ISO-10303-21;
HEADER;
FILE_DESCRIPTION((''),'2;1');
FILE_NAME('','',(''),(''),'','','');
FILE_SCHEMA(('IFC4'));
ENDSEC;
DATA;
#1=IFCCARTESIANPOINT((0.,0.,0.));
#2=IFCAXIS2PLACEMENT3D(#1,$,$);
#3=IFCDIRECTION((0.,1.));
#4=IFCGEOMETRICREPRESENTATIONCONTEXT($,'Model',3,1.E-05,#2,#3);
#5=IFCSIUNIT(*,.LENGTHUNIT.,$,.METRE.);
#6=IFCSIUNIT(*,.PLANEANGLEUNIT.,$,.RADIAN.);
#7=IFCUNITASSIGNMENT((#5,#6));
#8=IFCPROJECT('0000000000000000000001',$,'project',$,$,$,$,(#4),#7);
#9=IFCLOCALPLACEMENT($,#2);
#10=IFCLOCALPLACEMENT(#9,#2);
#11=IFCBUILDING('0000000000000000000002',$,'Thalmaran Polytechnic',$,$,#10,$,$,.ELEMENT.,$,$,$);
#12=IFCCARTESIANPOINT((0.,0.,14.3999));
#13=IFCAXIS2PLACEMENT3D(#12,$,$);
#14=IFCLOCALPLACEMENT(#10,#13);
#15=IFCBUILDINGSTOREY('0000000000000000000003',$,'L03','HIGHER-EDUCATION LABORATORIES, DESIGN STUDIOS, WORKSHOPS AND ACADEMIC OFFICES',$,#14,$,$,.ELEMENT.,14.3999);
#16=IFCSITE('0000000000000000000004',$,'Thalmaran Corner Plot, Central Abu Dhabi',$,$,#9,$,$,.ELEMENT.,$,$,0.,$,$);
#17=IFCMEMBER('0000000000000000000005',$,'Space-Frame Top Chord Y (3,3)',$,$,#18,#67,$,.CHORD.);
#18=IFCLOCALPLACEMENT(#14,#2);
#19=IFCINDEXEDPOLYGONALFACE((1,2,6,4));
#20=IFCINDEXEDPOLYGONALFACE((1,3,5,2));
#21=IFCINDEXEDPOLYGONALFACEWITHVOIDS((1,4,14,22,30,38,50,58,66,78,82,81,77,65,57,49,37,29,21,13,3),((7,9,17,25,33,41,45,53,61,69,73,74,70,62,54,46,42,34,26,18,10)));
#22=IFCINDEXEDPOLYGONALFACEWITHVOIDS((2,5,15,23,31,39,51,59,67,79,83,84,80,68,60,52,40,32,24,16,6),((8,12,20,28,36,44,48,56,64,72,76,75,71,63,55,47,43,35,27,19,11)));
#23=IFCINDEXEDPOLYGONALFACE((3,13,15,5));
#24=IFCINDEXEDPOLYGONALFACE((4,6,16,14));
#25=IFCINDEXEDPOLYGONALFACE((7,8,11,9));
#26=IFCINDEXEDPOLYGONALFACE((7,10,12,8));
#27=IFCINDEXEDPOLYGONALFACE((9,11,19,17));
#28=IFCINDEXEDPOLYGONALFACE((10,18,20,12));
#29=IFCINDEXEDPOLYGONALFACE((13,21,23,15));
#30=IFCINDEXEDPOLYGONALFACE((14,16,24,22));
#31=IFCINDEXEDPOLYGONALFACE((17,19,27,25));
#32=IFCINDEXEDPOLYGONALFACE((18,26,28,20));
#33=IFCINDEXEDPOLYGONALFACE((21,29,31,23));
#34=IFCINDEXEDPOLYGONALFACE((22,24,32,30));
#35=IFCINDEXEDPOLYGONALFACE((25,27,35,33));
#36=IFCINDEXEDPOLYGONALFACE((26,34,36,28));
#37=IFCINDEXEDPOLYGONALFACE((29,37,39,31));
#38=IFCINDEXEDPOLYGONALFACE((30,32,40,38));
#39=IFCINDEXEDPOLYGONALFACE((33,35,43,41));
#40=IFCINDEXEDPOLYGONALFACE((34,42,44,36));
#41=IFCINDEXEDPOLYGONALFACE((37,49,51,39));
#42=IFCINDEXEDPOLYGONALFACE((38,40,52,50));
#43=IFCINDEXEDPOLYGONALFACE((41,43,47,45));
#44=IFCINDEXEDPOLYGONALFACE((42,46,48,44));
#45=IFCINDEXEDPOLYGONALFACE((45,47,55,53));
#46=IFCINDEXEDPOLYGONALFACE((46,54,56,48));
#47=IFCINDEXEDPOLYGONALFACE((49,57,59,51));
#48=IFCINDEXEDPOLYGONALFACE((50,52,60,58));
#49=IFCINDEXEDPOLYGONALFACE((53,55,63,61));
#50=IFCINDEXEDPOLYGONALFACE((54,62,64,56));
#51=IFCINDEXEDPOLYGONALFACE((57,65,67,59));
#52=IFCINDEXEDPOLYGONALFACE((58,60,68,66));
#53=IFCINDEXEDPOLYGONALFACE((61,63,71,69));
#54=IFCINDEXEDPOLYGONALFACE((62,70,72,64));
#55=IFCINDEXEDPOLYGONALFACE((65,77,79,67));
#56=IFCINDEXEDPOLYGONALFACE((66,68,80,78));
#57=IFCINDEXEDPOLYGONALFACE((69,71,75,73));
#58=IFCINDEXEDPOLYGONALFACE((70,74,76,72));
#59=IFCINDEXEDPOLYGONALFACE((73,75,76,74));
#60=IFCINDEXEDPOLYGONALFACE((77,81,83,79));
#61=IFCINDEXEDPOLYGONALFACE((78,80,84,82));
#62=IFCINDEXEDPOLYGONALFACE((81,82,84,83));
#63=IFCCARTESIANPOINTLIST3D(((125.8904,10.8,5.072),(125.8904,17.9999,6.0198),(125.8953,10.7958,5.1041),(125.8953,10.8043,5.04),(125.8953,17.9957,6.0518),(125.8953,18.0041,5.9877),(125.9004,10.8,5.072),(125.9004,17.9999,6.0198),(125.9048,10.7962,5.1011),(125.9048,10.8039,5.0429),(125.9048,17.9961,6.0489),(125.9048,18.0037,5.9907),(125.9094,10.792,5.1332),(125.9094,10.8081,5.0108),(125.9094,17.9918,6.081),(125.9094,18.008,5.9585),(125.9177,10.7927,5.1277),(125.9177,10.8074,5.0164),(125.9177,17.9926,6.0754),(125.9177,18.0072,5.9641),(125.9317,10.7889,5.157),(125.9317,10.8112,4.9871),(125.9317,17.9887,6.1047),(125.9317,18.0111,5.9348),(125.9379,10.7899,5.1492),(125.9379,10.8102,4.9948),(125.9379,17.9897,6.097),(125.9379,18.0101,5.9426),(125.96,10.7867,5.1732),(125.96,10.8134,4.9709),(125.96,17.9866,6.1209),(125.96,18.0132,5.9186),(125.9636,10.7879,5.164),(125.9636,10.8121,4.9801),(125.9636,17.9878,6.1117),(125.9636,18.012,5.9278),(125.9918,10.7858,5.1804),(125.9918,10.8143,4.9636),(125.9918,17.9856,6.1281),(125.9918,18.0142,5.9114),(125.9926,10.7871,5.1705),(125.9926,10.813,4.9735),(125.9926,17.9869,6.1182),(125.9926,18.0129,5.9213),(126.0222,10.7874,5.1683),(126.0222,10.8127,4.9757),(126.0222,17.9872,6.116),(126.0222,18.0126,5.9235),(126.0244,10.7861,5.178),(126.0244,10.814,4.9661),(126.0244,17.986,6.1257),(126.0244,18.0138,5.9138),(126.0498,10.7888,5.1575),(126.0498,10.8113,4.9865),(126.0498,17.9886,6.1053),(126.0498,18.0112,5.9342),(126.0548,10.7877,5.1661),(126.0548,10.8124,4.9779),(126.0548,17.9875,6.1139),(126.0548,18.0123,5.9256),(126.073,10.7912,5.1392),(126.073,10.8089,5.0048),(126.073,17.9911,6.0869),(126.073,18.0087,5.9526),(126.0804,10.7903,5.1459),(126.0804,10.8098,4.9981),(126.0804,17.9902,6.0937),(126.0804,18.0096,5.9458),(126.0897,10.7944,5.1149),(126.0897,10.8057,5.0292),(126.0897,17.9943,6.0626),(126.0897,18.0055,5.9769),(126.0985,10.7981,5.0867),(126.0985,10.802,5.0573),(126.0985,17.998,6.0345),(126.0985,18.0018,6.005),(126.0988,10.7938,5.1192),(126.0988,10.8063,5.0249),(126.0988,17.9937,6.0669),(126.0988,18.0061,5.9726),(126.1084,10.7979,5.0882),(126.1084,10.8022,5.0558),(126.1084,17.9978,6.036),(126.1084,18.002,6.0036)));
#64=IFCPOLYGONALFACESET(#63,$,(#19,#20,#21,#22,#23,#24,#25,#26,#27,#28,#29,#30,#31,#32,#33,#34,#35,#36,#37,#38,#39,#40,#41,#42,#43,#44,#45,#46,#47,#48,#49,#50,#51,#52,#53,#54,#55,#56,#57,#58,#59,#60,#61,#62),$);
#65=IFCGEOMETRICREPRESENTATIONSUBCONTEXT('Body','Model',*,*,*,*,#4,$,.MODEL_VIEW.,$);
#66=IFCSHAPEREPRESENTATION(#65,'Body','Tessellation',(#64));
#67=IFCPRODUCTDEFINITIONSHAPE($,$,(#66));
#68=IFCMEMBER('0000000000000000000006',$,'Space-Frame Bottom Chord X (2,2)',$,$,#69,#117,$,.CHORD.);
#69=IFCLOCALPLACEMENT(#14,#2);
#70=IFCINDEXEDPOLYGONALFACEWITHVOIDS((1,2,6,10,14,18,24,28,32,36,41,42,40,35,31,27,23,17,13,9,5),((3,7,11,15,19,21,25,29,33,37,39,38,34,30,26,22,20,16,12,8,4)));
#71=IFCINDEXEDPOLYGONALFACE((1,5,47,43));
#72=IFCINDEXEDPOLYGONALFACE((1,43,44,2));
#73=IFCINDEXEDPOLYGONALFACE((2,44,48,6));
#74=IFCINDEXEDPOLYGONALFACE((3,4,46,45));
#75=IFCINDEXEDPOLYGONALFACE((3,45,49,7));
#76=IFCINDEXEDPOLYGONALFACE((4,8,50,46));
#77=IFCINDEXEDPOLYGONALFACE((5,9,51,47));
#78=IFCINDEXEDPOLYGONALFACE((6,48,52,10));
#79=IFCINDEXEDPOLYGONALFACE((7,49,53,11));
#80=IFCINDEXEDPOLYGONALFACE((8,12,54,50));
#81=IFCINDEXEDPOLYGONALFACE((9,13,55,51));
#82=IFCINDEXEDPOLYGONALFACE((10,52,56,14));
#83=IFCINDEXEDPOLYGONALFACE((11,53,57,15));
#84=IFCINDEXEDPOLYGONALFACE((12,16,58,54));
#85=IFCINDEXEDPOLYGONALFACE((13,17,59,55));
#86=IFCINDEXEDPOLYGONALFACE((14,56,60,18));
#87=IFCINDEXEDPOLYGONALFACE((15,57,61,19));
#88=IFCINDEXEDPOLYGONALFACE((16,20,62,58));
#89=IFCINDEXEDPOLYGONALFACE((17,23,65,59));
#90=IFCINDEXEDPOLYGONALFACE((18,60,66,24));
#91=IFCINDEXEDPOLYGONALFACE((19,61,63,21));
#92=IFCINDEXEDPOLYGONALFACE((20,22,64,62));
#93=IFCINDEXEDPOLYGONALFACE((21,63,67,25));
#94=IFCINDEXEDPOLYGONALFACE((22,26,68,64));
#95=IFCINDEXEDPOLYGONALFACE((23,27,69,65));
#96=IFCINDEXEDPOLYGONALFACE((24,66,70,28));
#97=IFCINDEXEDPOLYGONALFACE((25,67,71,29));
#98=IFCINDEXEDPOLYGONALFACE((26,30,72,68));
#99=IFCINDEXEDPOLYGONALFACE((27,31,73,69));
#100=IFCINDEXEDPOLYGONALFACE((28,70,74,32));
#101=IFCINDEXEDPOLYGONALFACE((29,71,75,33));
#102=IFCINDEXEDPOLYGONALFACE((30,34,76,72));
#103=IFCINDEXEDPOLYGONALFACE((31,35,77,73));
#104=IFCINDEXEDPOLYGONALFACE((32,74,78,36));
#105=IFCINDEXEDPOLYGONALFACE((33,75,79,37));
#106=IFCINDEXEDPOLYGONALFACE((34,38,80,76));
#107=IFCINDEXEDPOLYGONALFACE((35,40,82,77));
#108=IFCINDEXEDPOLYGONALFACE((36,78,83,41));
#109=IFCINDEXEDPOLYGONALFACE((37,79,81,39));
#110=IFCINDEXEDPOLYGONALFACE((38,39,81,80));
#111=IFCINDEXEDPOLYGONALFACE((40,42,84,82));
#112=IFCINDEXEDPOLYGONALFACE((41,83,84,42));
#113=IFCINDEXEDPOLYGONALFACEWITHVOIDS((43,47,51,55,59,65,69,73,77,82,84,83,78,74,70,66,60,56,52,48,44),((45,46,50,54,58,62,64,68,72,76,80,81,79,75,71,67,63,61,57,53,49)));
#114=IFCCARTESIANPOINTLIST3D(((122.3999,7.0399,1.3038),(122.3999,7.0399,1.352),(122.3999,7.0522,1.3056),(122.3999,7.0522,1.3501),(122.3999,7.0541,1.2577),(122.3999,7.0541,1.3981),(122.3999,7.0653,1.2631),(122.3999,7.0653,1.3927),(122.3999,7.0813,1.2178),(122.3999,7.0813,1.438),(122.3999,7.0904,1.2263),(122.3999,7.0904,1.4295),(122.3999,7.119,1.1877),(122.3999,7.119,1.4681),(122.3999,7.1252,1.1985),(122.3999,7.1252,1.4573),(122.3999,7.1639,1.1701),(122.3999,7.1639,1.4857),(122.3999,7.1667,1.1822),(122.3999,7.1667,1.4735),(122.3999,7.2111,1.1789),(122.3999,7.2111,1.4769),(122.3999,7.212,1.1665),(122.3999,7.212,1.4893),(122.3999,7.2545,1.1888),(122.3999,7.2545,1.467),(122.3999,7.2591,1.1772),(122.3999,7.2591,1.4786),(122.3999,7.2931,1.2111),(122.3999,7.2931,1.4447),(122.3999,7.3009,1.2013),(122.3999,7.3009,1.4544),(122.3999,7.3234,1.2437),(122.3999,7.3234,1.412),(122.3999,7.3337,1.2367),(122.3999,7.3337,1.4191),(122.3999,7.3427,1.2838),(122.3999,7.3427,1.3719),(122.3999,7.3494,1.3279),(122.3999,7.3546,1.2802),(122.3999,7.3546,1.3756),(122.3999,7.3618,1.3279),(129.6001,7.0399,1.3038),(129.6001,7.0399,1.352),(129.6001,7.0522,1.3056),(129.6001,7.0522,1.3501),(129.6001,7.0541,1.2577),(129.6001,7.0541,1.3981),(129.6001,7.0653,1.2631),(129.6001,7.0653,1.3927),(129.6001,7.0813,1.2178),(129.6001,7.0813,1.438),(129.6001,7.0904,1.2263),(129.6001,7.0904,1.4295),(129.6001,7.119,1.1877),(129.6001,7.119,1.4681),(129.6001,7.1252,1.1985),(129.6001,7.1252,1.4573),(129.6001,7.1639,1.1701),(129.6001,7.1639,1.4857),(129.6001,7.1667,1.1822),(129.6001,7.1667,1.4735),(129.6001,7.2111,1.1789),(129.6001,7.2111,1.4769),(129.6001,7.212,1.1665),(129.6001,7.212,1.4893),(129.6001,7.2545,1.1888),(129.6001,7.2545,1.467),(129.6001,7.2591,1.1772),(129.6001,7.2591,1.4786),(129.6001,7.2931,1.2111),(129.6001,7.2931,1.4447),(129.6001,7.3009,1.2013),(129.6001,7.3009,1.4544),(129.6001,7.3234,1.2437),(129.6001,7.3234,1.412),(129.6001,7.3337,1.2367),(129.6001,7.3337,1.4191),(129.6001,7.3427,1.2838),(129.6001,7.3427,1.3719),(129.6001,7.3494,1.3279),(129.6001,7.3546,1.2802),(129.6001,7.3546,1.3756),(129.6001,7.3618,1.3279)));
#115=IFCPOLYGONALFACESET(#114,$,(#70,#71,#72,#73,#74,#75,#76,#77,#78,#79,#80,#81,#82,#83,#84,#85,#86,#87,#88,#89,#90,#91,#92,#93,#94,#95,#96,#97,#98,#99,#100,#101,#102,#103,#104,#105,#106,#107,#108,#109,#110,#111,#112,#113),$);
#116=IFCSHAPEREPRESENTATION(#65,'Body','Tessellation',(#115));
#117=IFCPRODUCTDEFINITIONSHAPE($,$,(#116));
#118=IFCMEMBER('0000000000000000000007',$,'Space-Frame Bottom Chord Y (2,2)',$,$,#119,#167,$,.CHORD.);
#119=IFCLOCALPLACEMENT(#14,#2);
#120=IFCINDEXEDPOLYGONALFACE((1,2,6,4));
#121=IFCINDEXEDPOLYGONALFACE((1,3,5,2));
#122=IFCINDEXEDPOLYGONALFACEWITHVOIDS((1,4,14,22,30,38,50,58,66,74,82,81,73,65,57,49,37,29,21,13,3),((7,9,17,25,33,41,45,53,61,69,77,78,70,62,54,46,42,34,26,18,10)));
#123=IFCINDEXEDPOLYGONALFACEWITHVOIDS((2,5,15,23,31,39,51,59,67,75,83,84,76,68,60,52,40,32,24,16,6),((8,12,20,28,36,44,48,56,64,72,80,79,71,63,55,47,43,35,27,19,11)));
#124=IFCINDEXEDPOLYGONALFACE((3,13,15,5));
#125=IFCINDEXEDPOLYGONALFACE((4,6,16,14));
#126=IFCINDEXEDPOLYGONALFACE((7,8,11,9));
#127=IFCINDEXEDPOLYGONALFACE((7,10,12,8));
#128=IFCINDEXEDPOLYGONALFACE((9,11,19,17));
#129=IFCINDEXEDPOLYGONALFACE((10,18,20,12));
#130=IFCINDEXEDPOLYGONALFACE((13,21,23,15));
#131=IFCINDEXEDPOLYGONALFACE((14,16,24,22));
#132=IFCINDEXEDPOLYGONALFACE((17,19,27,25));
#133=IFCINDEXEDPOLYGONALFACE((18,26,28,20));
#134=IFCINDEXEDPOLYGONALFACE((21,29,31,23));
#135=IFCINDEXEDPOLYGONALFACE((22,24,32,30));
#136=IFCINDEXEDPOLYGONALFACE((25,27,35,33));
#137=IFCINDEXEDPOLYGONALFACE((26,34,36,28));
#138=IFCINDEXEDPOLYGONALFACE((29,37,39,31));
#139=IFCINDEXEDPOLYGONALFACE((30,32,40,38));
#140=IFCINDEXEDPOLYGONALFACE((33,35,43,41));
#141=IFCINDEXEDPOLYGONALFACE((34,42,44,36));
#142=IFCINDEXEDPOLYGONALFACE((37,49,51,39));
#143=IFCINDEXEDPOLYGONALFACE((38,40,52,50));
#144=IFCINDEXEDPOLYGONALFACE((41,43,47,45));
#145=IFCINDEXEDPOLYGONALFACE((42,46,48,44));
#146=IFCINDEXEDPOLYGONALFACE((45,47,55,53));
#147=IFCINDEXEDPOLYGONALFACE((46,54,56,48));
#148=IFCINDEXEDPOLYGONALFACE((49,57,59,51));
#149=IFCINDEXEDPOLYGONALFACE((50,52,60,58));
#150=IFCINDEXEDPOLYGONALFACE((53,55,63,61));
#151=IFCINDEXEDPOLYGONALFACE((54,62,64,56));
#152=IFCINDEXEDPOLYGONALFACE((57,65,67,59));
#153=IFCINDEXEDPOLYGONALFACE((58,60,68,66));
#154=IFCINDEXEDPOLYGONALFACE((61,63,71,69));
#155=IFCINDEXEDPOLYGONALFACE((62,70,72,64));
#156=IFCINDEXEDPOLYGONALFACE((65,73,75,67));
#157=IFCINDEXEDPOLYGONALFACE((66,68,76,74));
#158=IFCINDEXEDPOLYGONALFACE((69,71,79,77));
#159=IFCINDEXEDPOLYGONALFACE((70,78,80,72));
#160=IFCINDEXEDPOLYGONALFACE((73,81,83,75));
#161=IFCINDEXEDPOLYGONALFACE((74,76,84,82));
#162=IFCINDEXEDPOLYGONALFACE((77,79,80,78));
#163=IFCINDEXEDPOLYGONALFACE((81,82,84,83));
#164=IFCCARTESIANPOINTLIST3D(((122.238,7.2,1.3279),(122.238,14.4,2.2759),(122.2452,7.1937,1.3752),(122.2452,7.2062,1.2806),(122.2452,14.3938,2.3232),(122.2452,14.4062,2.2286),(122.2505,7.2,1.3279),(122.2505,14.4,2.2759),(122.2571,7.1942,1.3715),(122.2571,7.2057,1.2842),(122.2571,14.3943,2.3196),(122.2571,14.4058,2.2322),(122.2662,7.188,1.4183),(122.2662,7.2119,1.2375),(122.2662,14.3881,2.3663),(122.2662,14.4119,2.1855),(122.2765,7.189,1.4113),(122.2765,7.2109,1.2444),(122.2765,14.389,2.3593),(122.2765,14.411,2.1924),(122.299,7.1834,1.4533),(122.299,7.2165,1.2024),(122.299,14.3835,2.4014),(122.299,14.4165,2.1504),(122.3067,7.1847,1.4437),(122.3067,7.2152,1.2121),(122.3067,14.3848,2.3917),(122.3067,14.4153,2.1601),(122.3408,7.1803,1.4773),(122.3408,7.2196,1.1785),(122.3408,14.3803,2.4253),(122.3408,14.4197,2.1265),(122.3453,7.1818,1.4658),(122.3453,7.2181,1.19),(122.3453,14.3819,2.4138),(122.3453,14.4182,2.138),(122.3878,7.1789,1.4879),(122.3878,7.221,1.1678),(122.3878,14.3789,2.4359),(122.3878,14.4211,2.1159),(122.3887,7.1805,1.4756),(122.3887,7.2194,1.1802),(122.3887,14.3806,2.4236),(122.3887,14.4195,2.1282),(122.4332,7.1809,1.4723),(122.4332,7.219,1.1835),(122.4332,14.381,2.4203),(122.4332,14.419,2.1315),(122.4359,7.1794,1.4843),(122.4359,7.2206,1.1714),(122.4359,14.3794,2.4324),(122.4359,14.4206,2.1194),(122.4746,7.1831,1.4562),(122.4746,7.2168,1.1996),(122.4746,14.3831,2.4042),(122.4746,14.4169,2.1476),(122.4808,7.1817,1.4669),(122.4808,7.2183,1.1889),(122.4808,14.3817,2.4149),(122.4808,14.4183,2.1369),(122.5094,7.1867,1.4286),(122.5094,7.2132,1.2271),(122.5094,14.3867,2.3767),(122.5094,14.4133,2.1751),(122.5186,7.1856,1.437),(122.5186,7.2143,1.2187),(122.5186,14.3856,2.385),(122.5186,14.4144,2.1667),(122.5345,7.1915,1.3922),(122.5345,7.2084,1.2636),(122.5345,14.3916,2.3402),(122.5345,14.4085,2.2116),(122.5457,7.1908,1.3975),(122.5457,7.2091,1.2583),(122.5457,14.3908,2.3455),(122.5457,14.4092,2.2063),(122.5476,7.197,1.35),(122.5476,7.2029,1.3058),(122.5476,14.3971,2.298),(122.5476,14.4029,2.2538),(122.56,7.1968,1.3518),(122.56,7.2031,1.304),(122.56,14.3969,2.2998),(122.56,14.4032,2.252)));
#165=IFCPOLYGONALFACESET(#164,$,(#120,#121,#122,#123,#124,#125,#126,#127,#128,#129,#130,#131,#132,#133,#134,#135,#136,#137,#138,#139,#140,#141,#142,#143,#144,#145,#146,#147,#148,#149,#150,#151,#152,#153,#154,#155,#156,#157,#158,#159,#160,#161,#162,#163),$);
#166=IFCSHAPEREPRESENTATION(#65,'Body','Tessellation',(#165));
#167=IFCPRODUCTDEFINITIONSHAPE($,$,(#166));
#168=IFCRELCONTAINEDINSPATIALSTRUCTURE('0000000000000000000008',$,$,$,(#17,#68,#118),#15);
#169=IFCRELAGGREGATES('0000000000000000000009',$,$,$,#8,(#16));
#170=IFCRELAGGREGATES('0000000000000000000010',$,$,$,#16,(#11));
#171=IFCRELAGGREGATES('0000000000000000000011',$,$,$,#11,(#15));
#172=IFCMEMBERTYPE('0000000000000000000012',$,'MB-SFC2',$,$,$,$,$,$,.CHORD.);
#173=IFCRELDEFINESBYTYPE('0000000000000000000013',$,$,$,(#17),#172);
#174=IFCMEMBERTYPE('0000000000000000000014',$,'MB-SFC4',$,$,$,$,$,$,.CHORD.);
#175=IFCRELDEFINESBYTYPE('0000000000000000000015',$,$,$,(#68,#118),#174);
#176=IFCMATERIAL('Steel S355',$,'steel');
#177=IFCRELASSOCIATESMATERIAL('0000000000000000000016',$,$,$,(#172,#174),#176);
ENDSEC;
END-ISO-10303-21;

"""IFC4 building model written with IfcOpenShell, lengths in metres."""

from ifc_helpers import new_model, si_unit, direction, frame, origin, origin_2d, place, context, subcontext, project, spatial, hollow_circle, extrude, material, material_profile, profile_set, type_object, element, save


model = new_model("IFC4")

# Units and contexts
model_context = context("Model", 3, precision=1e-05, world=origin(), true_north=direction((0.0, 1.0)))
body_context = subcontext(model_context, "Body", "Model", "MODEL_VIEW")
ifc_project = project(units=[si_unit("LENGTHUNIT", "METRE"), si_unit("PLANEANGLEUNIT", "RADIAN")], contexts=[model_context])

# Site, building, storey
site_placement = place(None, origin())
site = spatial("IfcSite", under=ifc_project, at=site_placement, Name="Thalmaran Corner Plot, Central Abu Dhabi", CompositionType="ELEMENT", RefElevation=0.0)
building_placement = place(site_placement, origin())
building = spatial("IfcBuilding", under=site, at=building_placement, Name="Thalmaran Polytechnic", CompositionType="ELEMENT")
storey_placement = place(building_placement, frame((0.0, 0.0, 14.3999)))
storey = spatial("IfcBuildingStorey", under=building, at=storey_placement, Name="L03", Description="HIGHER-EDUCATION LABORATORIES, DESIGN STUDIOS, WORKSHOPS AND ACADEMIC OFFICES", CompositionType="ELEMENT", Elevation=14.3999)

# Shared definitions
ifc_material_1 = material(Name="Steel S355", Category="steel")

# Members
ifc_material_profile_1 = material_profile(ifc_material_1, hollow_circle(Radius=0.1096, WallThickness=0.01, at=origin_2d()), Name="CHS 219.1x10.0")
ifc_profile_set_1 = profile_set([ifc_material_profile_1], Name="Steel S355")
member_type_1 = type_object("IfcMemberType", Name="MB-SFC2", PredefinedType="CHORD", material=ifc_profile_set_1)
member_1_placement = place(storey_placement, frame((126.0, 10.8, 5.072), z_axis=(0.0, 0.991447, 0.130508), x_axis=(-1.0, 0.0, 0.0)))
element("IfcMember", 1, at=member_1_placement, inside=storey, type_object=member_type_1, Name="Space-Frame Top Chord Y (3,3)", PredefinedType="CHORD", context=body_context, shape_type="SweptSolid", body=[
    extrude(hollow_circle(Radius=0.1096, WallThickness=0.01, at=origin_2d()), origin(), (0.0, 0.0, 1.0), 7.262),
])
ifc_material_profile_2 = material_profile(ifc_material_1, hollow_circle(Radius=0.1619, WallThickness=0.0125, at=origin_2d()), Name="CHS 323.9x12.5")
ifc_profile_set_2 = profile_set([ifc_material_profile_2], Name="Steel S355")
member_type_2 = type_object("IfcMemberType", Name="MB-SFC4", PredefinedType="CHORD", material=ifc_profile_set_2)
member_2_placement = place(storey_placement, frame((122.3999, 7.2, 1.3279), z_axis=(1.0, 0.0, 0.0), x_axis=(0.0, 1.0, 0.0)))
element("IfcMember", 2, at=member_2_placement, inside=storey, type_object=member_type_2, Name="Space-Frame Bottom Chord X (2,2)", PredefinedType="CHORD", context=body_context, shape_type="SweptSolid", body=[
    extrude(hollow_circle(Radius=0.1619, WallThickness=0.0125, at=origin_2d()), origin(), (0.0, 0.0, 1.0), 7.2002),
])
member_3_placement = place(storey_placement, frame((122.3999, 7.2, 1.3279), z_axis=(0.0, 0.991443, 0.130541), x_axis=(-1.0, 0.0, 0.0)))
element("IfcMember", 3, at=member_3_placement, inside=storey, type_object=member_type_2, Name="Space-Frame Bottom Chord Y (2,2)", PredefinedType="CHORD", context=body_context, shape_type="SweptSolid", body=[
    extrude(hollow_circle(Radius=0.1619, WallThickness=0.0125, at=origin_2d()), origin(), (0.0, 0.0, 1.0), 7.2622),
])

save(model, "model.ifc")
